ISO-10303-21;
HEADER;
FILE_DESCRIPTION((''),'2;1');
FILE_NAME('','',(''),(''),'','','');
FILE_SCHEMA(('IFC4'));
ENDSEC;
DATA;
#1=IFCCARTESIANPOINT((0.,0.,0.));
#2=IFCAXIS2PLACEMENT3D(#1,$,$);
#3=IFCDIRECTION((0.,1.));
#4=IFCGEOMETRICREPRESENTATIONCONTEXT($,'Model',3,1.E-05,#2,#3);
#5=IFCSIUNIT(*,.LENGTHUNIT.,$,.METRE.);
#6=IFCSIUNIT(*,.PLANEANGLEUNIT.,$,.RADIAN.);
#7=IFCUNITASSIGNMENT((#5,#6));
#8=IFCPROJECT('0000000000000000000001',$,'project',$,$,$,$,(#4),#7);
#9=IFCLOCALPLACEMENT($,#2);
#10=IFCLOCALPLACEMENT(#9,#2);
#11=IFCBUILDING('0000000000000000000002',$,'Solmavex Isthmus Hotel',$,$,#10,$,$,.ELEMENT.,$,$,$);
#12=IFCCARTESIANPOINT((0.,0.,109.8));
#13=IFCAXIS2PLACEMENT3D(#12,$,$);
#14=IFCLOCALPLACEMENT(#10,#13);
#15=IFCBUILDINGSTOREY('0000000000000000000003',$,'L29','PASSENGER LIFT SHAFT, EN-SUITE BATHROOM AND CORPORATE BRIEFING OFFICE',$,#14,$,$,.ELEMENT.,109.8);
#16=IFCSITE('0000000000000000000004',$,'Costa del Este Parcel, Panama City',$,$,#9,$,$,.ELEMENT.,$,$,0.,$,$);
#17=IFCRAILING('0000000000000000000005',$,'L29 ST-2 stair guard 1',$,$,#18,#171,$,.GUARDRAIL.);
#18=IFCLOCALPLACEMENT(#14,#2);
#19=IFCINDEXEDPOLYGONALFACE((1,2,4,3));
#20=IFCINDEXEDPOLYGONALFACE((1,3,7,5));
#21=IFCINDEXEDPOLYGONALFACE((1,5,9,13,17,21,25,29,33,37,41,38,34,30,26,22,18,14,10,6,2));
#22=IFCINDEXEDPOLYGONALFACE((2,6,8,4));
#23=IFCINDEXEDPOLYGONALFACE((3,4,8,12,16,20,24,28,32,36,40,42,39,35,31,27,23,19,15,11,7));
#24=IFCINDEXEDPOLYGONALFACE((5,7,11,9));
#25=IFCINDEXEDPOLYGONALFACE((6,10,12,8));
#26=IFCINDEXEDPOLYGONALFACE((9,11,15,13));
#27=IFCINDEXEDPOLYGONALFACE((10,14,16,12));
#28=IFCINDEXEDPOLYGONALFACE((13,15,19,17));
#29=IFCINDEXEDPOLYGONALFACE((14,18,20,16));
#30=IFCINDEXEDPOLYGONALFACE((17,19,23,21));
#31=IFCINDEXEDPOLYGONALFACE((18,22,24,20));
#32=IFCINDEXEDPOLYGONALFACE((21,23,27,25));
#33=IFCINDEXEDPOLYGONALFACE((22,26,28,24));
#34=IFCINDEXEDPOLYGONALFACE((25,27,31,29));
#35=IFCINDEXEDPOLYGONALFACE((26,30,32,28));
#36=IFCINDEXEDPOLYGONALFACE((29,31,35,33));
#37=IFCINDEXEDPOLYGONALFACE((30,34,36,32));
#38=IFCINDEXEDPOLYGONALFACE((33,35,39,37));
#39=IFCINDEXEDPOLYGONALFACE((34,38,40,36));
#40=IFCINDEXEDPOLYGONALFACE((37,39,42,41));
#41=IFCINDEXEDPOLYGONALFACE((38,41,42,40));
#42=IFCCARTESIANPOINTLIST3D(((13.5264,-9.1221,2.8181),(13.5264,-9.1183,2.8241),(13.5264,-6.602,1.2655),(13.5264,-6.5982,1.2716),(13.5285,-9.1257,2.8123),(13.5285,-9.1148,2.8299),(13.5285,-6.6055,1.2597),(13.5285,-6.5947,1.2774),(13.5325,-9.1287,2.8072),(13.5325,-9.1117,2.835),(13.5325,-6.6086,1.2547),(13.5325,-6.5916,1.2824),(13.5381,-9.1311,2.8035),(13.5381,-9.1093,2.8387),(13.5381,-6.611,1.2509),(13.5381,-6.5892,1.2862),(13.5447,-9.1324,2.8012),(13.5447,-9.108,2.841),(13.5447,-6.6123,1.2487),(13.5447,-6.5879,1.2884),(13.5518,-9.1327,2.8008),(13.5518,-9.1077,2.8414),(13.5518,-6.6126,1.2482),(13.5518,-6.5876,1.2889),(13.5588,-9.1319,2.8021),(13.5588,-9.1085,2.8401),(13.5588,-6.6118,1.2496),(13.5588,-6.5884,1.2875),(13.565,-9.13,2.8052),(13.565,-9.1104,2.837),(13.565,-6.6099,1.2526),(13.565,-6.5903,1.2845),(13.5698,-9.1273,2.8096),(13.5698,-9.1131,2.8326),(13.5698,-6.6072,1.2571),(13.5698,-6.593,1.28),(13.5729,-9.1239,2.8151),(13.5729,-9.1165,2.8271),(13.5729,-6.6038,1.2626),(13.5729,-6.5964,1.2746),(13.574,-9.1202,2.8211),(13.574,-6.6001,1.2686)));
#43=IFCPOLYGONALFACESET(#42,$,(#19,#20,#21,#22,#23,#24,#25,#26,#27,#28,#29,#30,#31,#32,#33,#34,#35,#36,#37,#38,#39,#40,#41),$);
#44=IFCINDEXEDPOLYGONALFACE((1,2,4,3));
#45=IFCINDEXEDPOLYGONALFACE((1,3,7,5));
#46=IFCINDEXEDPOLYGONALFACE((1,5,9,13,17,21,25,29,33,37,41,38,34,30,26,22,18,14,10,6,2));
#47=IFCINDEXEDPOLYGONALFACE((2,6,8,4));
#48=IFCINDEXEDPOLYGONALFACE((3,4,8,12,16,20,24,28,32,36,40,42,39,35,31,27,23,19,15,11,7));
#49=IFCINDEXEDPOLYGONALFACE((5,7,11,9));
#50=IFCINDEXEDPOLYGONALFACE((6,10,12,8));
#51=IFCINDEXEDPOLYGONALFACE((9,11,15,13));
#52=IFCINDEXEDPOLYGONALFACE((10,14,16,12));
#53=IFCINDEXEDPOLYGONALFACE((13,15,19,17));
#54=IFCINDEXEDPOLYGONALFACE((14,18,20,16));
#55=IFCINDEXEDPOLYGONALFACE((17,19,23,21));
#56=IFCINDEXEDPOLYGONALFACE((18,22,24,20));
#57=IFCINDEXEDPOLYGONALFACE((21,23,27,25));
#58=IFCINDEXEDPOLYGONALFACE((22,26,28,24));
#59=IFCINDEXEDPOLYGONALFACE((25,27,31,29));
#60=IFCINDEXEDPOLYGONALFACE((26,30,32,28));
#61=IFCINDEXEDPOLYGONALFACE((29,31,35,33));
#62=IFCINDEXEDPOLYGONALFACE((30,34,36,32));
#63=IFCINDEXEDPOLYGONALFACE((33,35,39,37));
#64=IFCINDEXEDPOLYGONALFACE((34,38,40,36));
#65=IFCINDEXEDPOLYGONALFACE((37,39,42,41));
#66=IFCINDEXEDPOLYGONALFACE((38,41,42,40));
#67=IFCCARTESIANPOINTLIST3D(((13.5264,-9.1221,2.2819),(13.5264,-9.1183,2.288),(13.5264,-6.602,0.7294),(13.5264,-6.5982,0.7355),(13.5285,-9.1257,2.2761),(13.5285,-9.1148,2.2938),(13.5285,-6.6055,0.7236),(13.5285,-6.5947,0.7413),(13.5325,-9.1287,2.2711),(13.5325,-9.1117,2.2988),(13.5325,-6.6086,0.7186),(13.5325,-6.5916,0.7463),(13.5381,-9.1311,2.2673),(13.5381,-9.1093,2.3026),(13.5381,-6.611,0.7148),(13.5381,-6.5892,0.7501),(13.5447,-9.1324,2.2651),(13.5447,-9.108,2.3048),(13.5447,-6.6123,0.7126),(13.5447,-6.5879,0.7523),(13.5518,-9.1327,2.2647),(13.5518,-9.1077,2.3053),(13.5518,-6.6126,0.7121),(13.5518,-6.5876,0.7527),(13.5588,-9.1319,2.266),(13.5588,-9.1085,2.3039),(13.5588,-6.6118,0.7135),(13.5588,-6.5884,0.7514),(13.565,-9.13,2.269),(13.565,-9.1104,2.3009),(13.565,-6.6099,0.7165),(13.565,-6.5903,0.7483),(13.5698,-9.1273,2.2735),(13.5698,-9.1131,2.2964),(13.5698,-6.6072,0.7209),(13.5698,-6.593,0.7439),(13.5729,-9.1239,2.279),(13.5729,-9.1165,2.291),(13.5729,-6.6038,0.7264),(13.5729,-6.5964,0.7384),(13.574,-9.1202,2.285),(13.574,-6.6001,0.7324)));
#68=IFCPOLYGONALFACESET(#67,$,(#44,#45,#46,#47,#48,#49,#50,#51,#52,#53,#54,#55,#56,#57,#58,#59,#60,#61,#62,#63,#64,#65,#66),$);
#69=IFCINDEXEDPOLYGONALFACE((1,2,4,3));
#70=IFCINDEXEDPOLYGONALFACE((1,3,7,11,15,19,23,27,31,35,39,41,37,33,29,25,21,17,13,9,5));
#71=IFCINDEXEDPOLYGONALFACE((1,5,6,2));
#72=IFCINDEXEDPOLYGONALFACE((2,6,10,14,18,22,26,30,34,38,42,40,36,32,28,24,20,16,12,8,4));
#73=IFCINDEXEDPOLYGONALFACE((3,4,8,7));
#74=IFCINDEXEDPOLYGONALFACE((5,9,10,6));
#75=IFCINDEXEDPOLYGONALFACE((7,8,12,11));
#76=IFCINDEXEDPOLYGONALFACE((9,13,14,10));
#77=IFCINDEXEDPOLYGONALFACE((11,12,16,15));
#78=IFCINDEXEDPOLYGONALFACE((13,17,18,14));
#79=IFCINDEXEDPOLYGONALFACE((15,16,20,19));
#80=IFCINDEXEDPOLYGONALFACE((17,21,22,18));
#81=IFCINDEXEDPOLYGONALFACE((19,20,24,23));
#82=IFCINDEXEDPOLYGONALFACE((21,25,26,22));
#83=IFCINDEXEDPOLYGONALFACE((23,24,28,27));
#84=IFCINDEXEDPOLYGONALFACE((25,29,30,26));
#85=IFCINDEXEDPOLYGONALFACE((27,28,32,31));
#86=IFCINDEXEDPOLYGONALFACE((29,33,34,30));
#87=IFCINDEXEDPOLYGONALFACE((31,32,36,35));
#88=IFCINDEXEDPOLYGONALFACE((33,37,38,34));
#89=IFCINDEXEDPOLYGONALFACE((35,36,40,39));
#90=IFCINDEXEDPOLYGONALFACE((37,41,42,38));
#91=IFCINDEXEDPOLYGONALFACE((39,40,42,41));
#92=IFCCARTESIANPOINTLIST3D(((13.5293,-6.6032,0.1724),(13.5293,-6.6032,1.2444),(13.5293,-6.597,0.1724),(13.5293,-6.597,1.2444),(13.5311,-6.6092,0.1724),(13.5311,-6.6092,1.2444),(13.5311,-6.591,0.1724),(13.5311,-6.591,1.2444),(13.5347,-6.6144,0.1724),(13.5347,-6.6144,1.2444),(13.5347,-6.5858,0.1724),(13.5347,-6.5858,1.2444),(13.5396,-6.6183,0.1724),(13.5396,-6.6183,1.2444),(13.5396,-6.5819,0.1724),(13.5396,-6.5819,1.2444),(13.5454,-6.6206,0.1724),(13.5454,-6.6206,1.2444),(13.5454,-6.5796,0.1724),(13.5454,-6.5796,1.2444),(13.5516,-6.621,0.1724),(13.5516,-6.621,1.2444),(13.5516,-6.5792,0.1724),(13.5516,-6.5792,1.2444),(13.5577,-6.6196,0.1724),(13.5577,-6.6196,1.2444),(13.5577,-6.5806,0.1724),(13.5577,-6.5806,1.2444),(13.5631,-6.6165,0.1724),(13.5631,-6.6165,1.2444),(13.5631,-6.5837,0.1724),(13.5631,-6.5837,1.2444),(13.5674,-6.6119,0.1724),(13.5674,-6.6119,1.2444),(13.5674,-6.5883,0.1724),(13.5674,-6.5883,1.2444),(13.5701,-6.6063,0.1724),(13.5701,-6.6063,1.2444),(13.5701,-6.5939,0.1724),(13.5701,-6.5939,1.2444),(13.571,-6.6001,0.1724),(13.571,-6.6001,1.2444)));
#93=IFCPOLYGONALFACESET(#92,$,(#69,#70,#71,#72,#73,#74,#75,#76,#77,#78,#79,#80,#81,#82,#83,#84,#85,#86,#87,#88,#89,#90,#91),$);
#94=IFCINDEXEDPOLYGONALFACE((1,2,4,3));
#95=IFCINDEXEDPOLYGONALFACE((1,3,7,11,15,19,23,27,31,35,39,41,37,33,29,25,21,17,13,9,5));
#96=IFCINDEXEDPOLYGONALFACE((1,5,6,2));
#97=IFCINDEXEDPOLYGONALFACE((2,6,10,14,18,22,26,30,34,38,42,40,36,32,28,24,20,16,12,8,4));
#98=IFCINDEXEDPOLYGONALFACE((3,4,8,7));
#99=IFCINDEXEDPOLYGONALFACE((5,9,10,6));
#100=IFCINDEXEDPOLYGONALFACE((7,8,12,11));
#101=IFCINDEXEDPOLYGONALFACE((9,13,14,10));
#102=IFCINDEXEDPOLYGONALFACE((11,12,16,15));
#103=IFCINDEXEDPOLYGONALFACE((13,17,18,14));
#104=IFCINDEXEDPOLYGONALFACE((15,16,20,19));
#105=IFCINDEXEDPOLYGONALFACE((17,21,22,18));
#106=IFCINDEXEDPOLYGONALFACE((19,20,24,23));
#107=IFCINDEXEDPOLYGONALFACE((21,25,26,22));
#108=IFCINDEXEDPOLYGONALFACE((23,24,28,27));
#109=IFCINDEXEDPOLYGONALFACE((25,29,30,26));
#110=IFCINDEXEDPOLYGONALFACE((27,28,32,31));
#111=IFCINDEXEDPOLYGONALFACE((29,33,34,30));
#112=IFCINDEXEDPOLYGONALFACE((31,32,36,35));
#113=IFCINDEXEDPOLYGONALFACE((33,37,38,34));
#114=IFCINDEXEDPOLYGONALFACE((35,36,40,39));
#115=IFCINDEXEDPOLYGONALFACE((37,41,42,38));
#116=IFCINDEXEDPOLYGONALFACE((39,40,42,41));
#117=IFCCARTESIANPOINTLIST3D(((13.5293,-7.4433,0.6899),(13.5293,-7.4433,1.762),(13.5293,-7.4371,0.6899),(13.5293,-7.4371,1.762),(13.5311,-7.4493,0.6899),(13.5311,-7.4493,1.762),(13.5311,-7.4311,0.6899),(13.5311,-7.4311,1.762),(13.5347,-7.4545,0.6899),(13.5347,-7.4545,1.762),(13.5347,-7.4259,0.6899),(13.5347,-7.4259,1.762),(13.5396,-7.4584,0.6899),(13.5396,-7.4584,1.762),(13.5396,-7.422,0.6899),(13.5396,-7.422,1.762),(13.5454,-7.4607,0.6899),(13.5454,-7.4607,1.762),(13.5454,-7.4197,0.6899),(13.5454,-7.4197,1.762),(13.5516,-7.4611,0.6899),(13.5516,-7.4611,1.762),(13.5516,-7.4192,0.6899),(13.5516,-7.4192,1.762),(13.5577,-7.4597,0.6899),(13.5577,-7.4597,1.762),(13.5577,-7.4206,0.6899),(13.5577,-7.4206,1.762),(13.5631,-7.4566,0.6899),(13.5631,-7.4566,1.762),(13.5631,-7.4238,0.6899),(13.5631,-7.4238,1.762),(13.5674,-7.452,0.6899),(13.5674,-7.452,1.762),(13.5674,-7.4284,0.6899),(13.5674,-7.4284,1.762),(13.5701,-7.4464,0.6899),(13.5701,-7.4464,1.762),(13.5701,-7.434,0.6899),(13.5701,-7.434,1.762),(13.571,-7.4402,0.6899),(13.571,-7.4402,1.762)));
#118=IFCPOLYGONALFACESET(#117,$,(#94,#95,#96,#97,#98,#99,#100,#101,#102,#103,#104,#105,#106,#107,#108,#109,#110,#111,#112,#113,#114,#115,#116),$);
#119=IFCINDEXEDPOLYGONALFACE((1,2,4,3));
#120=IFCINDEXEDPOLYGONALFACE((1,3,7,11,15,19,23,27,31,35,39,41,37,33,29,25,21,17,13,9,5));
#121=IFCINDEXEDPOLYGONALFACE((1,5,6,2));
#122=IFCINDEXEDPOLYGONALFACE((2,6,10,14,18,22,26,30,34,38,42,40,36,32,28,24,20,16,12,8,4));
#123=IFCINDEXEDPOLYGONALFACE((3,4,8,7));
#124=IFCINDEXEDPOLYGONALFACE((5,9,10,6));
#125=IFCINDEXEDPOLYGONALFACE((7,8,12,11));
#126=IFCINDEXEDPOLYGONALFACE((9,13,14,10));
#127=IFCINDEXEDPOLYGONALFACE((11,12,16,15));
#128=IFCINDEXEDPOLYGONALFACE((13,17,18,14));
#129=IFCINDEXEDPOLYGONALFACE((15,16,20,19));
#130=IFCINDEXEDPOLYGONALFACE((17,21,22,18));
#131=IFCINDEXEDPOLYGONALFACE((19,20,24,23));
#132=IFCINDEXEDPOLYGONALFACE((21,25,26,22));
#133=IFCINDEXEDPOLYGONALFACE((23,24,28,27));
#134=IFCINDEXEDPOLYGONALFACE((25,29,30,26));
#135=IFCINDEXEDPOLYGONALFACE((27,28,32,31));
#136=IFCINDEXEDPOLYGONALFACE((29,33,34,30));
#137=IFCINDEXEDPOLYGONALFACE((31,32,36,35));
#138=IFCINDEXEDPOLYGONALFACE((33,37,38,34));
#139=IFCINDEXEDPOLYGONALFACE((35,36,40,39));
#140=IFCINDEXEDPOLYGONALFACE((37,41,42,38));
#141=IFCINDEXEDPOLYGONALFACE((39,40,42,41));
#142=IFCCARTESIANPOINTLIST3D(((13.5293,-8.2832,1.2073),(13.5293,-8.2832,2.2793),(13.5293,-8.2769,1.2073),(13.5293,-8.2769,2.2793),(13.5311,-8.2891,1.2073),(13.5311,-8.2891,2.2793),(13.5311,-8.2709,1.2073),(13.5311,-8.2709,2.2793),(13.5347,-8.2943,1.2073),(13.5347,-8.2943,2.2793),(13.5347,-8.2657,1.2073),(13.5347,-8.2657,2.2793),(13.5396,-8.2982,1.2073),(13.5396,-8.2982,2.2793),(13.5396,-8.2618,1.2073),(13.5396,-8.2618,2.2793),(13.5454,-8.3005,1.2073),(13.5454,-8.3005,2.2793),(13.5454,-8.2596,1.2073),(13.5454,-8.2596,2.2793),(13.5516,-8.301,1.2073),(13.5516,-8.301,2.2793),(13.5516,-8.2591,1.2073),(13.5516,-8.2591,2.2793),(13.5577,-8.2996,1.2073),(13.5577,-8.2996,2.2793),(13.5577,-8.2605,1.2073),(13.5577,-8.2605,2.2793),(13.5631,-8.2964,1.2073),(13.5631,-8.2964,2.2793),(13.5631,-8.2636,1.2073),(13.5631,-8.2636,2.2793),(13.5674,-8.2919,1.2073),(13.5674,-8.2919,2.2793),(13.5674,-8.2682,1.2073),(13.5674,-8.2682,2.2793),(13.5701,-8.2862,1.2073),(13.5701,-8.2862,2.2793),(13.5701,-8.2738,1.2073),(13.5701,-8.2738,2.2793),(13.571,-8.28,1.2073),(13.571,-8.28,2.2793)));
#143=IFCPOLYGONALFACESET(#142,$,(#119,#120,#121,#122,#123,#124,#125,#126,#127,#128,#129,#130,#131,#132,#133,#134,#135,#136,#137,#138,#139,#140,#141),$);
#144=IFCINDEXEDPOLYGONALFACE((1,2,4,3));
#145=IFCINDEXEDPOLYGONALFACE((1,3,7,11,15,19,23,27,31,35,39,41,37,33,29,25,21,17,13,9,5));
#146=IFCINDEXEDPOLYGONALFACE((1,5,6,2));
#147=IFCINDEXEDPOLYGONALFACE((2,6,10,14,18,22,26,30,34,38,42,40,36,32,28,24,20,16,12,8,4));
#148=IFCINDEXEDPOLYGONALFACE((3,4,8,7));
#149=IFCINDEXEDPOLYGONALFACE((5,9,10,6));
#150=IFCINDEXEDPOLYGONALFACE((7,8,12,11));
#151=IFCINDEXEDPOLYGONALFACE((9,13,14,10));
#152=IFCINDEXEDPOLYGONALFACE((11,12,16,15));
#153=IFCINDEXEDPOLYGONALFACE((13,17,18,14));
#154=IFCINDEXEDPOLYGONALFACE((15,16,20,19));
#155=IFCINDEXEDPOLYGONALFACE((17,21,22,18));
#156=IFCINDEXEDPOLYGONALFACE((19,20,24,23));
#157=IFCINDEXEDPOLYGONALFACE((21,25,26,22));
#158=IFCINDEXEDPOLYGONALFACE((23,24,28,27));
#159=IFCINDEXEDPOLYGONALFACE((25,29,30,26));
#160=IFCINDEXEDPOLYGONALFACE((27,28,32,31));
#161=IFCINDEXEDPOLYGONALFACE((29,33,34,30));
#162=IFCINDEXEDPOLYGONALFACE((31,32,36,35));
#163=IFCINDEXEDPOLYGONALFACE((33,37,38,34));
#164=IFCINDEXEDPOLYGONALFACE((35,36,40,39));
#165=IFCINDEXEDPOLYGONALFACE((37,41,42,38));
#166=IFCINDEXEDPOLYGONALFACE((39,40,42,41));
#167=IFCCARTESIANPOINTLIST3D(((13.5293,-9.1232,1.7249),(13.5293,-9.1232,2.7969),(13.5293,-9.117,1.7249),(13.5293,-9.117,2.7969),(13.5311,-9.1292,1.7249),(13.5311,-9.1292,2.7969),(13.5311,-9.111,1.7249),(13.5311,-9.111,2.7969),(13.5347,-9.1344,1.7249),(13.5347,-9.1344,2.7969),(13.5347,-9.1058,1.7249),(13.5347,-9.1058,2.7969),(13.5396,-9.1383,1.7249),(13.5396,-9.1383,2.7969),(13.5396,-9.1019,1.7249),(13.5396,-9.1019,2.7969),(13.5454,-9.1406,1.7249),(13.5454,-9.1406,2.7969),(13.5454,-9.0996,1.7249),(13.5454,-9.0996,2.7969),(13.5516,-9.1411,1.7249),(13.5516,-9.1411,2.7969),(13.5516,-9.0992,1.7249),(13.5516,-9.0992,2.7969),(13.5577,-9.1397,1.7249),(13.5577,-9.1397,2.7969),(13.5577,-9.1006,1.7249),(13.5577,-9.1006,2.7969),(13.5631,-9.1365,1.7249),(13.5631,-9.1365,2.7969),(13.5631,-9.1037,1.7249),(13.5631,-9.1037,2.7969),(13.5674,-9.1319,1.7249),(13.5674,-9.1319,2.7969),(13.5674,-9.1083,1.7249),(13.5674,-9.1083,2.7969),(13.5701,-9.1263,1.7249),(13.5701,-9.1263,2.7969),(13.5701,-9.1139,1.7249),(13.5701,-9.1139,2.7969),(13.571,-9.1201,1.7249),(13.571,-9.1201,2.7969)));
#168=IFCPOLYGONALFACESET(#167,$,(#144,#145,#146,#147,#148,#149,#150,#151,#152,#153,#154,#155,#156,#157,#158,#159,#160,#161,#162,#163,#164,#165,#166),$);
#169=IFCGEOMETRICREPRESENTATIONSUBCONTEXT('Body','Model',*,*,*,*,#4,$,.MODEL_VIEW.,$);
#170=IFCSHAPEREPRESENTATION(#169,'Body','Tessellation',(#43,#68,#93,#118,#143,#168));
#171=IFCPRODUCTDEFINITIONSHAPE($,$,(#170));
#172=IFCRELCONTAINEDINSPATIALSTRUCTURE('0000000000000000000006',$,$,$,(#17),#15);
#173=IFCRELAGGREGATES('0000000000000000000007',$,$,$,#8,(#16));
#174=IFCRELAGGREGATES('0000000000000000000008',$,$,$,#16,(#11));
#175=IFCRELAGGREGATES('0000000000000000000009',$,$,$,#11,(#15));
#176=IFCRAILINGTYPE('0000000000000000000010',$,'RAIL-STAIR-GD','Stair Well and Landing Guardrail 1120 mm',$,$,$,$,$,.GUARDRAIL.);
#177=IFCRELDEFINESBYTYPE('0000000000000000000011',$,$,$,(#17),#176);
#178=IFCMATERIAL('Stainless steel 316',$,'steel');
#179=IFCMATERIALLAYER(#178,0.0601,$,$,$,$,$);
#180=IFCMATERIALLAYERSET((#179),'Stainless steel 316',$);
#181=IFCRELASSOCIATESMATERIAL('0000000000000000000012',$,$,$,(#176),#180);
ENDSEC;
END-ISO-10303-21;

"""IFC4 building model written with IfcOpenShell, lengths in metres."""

from ifc_helpers import new_model, si_unit, direction, frame, origin, origin_2d, place, context, subcontext, project, spatial, circle, extrude, material, layer, layer_set, type_object, element, save


model = new_model("IFC4")

# Units and contexts
model_context = context("Model", 3, precision=1e-05, world=origin(), true_north=direction((0.0, 1.0)))
body_context = subcontext(model_context, "Body", "Model", "MODEL_VIEW")
ifc_project = project(units=[si_unit("LENGTHUNIT", "METRE"), si_unit("PLANEANGLEUNIT", "RADIAN")], contexts=[model_context])

# Site, building, storey
site_placement = place(None, origin())
site = spatial("IfcSite", under=ifc_project, at=site_placement, Name="Costa del Este Parcel, Panama City", CompositionType="ELEMENT", RefElevation=0.0)
building_placement = place(site_placement, origin())
building = spatial("IfcBuilding", under=site, at=building_placement, Name="Solmavex Isthmus Hotel", CompositionType="ELEMENT")
storey_placement = place(building_placement, frame((0.0, 0.0, 109.8)))
storey = spatial("IfcBuildingStorey", under=building, at=storey_placement, Name="L29", Description="PASSENGER LIFT SHAFT, EN-SUITE BATHROOM AND CORPORATE BRIEFING OFFICE", CompositionType="ELEMENT", Elevation=109.8)

# Shared definitions
ifc_material_1 = material(Name="Stainless steel 316", Category="steel")

# Railing
ifc_layer_1 = layer(ifc_material_1, 0.0601)
ifc_layer_set_1 = layer_set([ifc_layer_1], Name="Stainless steel 316")
railing_type_1 = type_object("IfcRailingType", Name="RAIL-STAIR-GD", Description="Stair Well and Landing Guardrail 1120 mm", PredefinedType="GUARDRAIL", material=ifc_layer_set_1)
railing_1_placement = place(storey_placement, frame((13.55, -6.6001, 0.1724)))
element("IfcRailing", 1, at=railing_1_placement, inside=storey, type_object=railing_type_1, Name="L29 ST-2 stair guard 1", PredefinedType="GUARDRAIL", context=body_context, shape_type="SweptSolid", body=[
    extrude(circle(Radius=0.0239, at=origin_2d()), frame((0.0, 0.0, 1.0962), z_axis=(0.0, -0.8514, 0.524516), x_axis=(1.0, 0.0, 0.0)), (0.0, 0.0, 1.0), 2.96),
    extrude(circle(Radius=0.0239, at=origin_2d()), frame((0.0, 0.0, 0.5601), z_axis=(0.0, -0.8514, 0.524516), x_axis=(1.0, 0.0, 0.0)), (0.0, 0.0, 1.0), 2.96),
    extrude(circle(Radius=0.021, at=origin_2d()), origin(), (0.0, 0.0, 1.0), 1.072),
    extrude(circle(Radius=0.021, at=origin_2d()), frame((0.0, -0.8401, 0.5176)), (0.0, 0.0, 1.0), 1.072),
    extrude(circle(Radius=0.021, at=origin_2d()), frame((0.0, -1.6799, 1.0349)), (0.0, 0.0, 1.0), 1.072),
    extrude(circle(Radius=0.021, at=origin_2d()), frame((0.0, -2.52, 1.5525)), (0.0, 0.0, 1.0), 1.072),
])

save(model, "model.ifc")
